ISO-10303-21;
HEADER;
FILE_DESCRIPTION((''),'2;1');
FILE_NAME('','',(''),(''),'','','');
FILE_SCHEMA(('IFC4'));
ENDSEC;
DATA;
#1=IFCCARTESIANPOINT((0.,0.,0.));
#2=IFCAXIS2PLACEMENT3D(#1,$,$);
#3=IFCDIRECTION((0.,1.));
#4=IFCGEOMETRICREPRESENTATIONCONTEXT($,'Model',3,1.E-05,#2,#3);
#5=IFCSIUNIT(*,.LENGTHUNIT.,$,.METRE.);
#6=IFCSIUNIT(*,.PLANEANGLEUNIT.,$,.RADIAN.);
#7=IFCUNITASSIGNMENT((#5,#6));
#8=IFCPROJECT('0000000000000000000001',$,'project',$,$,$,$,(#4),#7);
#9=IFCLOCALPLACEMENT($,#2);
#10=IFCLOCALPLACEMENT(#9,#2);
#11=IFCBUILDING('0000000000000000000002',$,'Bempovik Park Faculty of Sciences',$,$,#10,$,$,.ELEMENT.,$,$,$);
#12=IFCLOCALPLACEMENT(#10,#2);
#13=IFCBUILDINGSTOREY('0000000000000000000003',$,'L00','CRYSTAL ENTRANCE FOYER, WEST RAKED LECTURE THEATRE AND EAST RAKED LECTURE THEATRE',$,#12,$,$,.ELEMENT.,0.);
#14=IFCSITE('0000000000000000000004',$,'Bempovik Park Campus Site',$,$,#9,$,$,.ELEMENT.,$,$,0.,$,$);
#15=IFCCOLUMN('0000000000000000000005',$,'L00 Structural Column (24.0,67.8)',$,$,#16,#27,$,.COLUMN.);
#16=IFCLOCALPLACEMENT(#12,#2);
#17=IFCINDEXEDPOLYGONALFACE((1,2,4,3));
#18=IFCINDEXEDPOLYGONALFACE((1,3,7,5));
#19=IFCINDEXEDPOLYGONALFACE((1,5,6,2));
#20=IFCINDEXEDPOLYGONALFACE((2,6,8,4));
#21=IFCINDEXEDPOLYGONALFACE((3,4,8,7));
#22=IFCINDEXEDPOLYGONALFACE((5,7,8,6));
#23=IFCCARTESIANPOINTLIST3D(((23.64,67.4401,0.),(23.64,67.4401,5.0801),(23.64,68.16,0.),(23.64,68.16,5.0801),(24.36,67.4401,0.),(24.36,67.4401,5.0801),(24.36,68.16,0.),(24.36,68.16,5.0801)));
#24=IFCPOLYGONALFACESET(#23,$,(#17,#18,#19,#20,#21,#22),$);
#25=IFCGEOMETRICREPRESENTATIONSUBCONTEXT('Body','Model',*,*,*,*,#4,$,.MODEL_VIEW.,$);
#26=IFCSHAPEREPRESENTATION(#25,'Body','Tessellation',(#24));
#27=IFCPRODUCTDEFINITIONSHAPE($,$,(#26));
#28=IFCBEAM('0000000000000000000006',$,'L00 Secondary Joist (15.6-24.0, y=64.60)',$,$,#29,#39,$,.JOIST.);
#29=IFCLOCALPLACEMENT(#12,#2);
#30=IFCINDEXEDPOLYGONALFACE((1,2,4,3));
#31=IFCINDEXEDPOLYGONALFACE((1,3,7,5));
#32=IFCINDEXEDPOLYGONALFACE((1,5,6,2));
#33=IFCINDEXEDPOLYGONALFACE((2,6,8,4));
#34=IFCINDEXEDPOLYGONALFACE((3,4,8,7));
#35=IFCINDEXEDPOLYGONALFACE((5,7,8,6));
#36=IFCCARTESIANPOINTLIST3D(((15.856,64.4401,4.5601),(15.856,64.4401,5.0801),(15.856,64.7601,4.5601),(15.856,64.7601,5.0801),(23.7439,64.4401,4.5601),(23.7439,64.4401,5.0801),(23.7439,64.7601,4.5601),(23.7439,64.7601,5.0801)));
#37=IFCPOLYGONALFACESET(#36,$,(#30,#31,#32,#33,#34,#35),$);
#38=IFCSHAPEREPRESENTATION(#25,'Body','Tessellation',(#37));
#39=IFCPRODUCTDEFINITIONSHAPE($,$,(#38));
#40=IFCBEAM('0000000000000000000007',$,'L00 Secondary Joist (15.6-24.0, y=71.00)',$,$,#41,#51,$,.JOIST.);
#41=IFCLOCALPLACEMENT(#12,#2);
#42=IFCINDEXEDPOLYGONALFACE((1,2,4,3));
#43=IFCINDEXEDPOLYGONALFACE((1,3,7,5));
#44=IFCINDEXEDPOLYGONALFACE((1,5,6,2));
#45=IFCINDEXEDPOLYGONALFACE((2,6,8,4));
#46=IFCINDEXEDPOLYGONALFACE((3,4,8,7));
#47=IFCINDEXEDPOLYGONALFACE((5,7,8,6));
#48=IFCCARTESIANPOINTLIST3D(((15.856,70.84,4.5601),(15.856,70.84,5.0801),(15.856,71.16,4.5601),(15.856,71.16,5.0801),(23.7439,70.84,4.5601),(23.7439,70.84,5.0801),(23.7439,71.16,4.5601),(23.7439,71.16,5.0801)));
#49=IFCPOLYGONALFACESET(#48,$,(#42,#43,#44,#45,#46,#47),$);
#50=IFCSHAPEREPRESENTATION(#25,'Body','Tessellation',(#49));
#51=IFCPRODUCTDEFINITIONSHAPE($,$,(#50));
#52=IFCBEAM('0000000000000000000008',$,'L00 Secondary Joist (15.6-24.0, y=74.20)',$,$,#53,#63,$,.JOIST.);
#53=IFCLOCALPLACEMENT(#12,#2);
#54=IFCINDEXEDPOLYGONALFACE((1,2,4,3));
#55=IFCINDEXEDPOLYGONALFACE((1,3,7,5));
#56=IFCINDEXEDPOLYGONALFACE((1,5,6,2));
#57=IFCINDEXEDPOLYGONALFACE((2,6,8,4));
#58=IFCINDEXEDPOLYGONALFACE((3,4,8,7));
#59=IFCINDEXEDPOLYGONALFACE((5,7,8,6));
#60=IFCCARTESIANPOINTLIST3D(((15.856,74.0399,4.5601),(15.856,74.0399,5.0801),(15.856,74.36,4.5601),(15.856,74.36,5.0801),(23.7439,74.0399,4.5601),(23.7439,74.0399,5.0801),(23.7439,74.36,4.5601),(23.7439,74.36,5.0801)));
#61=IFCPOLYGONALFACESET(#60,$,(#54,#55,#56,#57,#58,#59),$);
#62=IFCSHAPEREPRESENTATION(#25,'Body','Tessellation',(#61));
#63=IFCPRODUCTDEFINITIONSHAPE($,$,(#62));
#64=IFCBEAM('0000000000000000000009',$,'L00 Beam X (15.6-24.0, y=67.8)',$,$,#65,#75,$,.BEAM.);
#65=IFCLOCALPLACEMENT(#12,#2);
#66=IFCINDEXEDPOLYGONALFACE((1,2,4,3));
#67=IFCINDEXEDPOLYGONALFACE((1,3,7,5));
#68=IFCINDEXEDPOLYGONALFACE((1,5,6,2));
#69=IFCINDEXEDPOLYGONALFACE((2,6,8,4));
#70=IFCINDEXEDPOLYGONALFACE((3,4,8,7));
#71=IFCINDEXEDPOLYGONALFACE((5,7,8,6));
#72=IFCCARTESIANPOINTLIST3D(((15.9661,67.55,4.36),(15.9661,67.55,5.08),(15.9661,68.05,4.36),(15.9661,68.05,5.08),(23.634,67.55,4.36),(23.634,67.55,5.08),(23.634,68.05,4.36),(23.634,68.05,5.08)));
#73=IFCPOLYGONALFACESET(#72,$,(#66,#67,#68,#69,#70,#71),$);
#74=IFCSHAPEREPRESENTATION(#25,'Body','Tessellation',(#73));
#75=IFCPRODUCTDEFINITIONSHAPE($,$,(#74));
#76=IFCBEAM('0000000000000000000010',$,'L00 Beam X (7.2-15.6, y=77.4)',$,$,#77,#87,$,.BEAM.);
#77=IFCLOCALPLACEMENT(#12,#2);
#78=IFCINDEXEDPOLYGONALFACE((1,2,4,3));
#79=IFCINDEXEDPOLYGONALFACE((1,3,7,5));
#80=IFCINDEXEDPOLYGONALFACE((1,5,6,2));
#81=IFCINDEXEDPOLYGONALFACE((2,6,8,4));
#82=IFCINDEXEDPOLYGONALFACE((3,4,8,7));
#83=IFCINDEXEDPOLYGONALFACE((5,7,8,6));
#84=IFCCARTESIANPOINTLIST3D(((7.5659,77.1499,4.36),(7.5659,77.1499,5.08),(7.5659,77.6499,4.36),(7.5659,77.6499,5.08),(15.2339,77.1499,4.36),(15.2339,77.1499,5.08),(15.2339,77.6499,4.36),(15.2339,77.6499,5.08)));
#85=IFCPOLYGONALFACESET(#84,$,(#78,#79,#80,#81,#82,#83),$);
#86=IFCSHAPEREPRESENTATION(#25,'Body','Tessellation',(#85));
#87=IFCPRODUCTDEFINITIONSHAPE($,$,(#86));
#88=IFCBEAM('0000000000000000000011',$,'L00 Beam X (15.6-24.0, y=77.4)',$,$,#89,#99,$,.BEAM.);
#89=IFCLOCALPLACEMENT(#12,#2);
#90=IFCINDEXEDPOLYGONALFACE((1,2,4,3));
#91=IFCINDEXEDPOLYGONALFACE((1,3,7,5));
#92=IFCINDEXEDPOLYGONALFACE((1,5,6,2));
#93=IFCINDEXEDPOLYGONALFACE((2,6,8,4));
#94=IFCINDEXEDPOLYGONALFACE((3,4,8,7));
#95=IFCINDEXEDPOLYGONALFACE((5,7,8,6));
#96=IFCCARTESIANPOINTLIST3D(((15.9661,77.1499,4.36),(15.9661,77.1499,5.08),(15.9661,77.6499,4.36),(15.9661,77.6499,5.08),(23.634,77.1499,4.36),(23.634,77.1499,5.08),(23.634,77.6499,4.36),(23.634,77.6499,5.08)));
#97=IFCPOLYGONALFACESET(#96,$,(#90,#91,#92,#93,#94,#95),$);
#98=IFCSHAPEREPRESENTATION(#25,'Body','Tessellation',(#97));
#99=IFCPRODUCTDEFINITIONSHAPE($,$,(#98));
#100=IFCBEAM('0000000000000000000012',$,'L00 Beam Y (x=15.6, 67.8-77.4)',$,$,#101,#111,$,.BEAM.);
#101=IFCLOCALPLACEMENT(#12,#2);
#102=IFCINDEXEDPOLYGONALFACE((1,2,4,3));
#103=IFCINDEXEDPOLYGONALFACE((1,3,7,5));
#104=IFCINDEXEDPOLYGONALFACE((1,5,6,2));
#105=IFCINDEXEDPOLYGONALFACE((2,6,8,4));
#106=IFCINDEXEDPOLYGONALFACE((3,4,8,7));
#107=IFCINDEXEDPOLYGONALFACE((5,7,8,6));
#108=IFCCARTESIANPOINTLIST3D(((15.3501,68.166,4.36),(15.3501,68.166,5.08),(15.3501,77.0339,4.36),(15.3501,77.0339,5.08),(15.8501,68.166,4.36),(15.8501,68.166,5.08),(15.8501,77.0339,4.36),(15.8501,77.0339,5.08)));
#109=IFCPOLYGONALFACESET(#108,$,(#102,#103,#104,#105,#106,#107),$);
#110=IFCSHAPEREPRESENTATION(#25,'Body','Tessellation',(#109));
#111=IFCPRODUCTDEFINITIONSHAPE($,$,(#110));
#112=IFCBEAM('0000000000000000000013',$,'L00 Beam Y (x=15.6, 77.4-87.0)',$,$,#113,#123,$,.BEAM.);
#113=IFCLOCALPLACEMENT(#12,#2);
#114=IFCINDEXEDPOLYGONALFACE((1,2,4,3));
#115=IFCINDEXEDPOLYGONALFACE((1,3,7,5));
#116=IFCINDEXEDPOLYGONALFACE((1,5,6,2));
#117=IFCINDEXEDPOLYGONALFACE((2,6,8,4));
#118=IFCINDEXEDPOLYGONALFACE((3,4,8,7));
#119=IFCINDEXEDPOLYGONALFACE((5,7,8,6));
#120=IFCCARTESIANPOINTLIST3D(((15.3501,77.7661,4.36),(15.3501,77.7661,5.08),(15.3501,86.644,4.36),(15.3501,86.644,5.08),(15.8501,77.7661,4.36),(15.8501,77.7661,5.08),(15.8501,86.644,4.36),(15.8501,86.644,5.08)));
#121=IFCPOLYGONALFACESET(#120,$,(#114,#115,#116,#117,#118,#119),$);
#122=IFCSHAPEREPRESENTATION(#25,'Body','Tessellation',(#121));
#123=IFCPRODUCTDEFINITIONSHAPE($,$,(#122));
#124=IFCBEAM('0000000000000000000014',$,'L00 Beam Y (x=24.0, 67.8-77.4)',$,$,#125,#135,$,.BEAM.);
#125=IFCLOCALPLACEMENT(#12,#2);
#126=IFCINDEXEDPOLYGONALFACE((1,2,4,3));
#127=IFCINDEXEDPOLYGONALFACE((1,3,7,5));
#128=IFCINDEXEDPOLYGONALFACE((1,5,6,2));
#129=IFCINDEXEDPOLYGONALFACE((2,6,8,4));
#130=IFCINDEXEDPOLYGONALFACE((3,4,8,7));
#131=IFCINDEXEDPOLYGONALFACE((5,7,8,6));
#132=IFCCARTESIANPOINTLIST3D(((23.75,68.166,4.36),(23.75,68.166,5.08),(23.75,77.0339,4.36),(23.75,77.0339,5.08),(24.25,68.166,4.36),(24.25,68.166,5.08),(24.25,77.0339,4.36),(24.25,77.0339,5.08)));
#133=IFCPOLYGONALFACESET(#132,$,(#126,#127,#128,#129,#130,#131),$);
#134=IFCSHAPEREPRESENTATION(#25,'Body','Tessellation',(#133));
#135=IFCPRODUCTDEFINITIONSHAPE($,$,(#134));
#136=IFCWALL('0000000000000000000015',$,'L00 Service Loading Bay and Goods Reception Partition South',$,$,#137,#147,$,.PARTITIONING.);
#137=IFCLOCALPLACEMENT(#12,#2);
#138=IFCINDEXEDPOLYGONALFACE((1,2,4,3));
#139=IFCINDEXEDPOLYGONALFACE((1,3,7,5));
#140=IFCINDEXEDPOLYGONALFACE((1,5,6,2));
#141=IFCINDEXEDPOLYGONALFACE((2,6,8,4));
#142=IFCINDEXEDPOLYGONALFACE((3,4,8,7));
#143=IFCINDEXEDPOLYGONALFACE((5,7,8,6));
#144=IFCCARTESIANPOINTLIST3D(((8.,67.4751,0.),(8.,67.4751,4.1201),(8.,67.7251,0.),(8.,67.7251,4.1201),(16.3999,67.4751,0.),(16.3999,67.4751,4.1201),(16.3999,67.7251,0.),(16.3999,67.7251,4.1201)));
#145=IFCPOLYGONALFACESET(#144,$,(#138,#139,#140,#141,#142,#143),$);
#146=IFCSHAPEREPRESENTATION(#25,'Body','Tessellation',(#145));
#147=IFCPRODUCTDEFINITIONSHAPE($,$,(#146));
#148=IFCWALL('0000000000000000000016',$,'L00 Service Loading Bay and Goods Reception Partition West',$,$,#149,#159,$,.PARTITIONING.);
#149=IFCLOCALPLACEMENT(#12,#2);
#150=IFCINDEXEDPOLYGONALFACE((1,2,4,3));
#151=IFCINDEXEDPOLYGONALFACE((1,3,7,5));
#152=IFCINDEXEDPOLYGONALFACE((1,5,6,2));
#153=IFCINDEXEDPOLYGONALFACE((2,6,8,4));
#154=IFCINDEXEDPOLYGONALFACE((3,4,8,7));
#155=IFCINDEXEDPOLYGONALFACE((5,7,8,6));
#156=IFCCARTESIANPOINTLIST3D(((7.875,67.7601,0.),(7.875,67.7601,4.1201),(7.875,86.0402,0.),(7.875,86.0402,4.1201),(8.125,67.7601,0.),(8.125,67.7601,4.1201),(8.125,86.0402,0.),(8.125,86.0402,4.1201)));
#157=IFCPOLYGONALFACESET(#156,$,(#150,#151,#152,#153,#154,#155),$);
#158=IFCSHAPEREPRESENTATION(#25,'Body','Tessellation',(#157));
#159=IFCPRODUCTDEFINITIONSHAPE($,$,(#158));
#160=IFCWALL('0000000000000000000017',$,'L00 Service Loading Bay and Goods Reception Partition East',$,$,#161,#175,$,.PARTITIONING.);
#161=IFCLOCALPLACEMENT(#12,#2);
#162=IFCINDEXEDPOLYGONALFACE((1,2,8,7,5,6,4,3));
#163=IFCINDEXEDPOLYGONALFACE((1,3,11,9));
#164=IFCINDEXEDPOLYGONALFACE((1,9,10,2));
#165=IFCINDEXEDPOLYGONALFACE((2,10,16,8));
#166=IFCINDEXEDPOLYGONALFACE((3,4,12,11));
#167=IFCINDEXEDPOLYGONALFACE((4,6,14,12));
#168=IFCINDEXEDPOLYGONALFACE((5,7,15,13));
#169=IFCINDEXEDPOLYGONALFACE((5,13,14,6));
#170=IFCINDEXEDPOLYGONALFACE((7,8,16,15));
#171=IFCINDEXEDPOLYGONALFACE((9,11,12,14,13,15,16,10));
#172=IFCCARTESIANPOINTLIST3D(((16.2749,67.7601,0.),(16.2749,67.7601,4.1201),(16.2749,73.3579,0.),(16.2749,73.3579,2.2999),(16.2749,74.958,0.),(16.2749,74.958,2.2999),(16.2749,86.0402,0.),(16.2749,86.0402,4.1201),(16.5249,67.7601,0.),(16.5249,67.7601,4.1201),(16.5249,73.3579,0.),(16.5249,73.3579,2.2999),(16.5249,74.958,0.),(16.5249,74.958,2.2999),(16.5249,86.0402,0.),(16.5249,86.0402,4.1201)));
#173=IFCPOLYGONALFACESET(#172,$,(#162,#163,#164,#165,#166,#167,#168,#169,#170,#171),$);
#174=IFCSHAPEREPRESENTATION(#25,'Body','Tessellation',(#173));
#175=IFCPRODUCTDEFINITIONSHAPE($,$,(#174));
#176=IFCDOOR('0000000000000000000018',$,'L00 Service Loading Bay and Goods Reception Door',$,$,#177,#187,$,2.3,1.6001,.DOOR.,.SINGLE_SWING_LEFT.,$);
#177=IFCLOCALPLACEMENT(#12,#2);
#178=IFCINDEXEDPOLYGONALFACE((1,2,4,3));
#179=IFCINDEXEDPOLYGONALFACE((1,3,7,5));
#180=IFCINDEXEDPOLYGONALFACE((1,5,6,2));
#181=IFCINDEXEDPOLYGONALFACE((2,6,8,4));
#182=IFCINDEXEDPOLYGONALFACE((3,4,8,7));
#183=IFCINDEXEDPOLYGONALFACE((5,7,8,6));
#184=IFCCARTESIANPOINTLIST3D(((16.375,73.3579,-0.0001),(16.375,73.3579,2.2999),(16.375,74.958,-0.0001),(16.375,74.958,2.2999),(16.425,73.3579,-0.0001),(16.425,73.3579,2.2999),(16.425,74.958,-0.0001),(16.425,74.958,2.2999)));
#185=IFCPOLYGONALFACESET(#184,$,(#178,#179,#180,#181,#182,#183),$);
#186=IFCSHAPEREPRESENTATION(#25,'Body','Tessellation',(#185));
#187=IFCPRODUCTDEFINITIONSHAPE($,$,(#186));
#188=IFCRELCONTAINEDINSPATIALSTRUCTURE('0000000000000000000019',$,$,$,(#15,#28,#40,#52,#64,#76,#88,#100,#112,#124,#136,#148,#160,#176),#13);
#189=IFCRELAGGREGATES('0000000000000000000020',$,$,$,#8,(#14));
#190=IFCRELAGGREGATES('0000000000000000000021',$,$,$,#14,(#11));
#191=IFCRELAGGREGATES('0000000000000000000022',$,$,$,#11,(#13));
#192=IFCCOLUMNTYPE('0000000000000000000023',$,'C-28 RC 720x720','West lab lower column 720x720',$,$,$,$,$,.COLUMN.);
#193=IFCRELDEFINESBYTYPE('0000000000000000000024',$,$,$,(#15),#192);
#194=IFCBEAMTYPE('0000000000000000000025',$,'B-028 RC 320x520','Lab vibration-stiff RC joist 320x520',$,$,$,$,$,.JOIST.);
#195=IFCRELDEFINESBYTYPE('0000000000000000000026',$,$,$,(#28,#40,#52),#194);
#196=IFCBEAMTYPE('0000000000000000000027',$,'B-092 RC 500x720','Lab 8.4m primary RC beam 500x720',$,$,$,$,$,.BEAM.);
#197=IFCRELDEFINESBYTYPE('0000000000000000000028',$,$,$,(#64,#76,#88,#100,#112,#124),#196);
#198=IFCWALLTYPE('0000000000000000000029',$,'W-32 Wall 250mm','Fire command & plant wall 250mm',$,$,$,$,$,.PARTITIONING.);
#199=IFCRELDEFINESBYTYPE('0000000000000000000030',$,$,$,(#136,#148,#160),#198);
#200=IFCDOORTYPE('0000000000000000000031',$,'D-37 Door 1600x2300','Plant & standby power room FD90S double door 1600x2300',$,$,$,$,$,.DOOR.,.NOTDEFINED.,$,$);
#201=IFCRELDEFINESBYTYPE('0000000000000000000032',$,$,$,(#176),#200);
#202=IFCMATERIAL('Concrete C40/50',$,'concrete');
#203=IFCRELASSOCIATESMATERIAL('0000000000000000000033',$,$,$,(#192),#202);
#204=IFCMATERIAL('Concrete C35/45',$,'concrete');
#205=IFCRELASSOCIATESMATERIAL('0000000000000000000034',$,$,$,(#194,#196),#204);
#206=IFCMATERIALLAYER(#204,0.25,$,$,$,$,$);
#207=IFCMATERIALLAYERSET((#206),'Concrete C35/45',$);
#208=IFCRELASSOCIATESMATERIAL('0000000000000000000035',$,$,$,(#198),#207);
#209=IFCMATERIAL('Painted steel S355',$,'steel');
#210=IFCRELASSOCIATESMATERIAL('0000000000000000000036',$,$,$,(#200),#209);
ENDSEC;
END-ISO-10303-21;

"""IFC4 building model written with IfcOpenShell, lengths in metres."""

from ifc_helpers import new_model, si_unit, direction, frame, frame_2d, origin, origin_2d, place, context, subcontext, project, spatial, rectangle, extrude, material, layer, layer_set, material_profile, profile_set, type_object, element, fill, save


model = new_model("IFC4")

# Units and contexts
model_context = context("Model", 3, precision=1e-05, world=origin(), true_north=direction((0.0, 1.0)))
body_context = subcontext(model_context, "Body", "Model", "MODEL_VIEW")
ifc_project = project(units=[si_unit("LENGTHUNIT", "METRE"), si_unit("PLANEANGLEUNIT", "RADIAN")], contexts=[model_context])

# Site, building, storey
site_placement = place(None, origin())
site = spatial("IfcSite", under=ifc_project, at=site_placement, Name="Bempovik Park Campus Site", CompositionType="ELEMENT", RefElevation=0.0)
building_placement = place(site_placement, origin())
building = spatial("IfcBuilding", under=site, at=building_placement, Name="Bempovik Park Faculty of Sciences", CompositionType="ELEMENT")
storey_placement = place(building_placement, origin())
storey = spatial("IfcBuildingStorey", under=building, at=storey_placement, Name="L00", Description="CRYSTAL ENTRANCE FOYER, WEST RAKED LECTURE THEATRE AND EAST RAKED LECTURE THEATRE", CompositionType="ELEMENT", Elevation=0.0)

# Shared definitions
ifc_material_1 = material(Name="Concrete C35/45", Category="concrete")

# Column
ifc_material_2 = material(Name="Concrete C40/50", Category="concrete")
ifc_material_profile_1 = material_profile(ifc_material_2, rectangle(XDim=0.72, YDim=0.72, at=origin_2d()), Name="RC 720x720")
ifc_profile_set_1 = profile_set([ifc_material_profile_1], Name="Concrete C40/50")
column_type = type_object("IfcColumnType", Name="C-28 RC 720x720", Description="West lab lower column 720x720", PredefinedType="COLUMN", material=ifc_profile_set_1)
for number, where, z_axis, x_axis, name in (
    (1, (24.0, 67.8, 0.0), (0.0, 0.0, 1.0), (1.0, 0.0, 0.0), "L00 Structural Column (24.0,67.8)"),
):
    element("IfcColumn", number, at=place(storey_placement, frame(where, z_axis=z_axis, x_axis=x_axis)), inside=storey, type_object=column_type, Name=name, PredefinedType="COLUMN", context=body_context, shape_type="SweptSolid", body=[
        extrude(rectangle(XDim=0.72, YDim=0.72, at=origin_2d()), origin(), (0.0, 0.0, 1.0), 5.0801),
    ])

# Beams
ifc_material_profile_2 = material_profile(ifc_material_1, rectangle(XDim=0.3201, YDim=0.52, at=origin_2d()), Name="RC 320x520")
ifc_profile_set_2 = profile_set([ifc_material_profile_2], Name="Concrete C35/45")
beam_type_1 = type_object("IfcBeamType", Name="B-028 RC 320x520", Description="Lab vibration-stiff RC joist 320x520", PredefinedType="JOIST", material=ifc_profile_set_2)
for number, where, z_axis, x_axis, name in (
    (2, (15.856, 64.6001, 4.8201), (1.0, 0.0, 0.0), (0.0, 1.0, 0.0), "L00 Secondary Joist (15.6-24.0, y=64.60)"),
    (3, (15.856, 71.0, 4.8201), (1.0, 0.0, 0.0), (0.0, 1.0, 0.0), "L00 Secondary Joist (15.6-24.0, y=71.00)"),
    (4, (15.856, 74.2, 4.8201), (1.0, 0.0, 0.0), (0.0, 1.0, 0.0), "L00 Secondary Joist (15.6-24.0, y=74.20)"),
):
    element("IfcBeam", number, at=place(storey_placement, frame(where, z_axis=z_axis, x_axis=x_axis)), inside=storey, type_object=beam_type_1, Name=name, PredefinedType="JOIST", context=body_context, shape_type="SweptSolid", body=[
        extrude(rectangle(XDim=0.3201, YDim=0.52, at=origin_2d()), origin(), (0.0, 0.0, 1.0), 7.8879),
    ])
ifc_material_profile_3 = material_profile(ifc_material_1, rectangle(XDim=0.5, YDim=0.72, at=origin_2d()), Name="RC 500x720")
ifc_profile_set_3 = profile_set([ifc_material_profile_3], Name="Concrete C35/45")
beam_type_2 = type_object("IfcBeamType", Name="B-092 RC 500x720", Description="Lab 8.4m primary RC beam 500x720", PredefinedType="BEAM", material=ifc_profile_set_3)
for number, where, z_axis, x_axis, name in (
    (5, (15.9661, 67.8, 4.72), (1.0, 0.0, 0.0), (0.0, 1.0, 0.0), "L00 Beam X (15.6-24.0, y=67.8)"),
    (6, (7.5659, 77.3999, 4.72), (1.0, 0.0, 0.0), (0.0, 1.0, 0.0), "L00 Beam X (7.2-15.6, y=77.4)"),
    (7, (15.9661, 77.3999, 4.72), (1.0, 0.0, 0.0), (0.0, 1.0, 0.0), "L00 Beam X (15.6-24.0, y=77.4)"),
):
    element("IfcBeam", number, at=place(storey_placement, frame(where, z_axis=z_axis, x_axis=x_axis)), inside=storey, type_object=beam_type_2, Name=name, PredefinedType="BEAM", context=body_context, shape_type="SweptSolid", body=[
        extrude(rectangle(XDim=0.5, YDim=0.72, at=origin_2d()), origin(), (0.0, 0.0, 1.0), 7.668),
    ])
beam_1_placement = place(storey_placement, frame((15.6001, 68.166, 4.72), z_axis=(0.0, 1.0, 0.0), x_axis=(-1.0, 0.0, 0.0)))
element("IfcBeam", 8, at=beam_1_placement, inside=storey, type_object=beam_type_2, Name="L00 Beam Y (x=15.6, 67.8-77.4)", PredefinedType="BEAM", context=body_context, shape_type="SweptSolid", body=[
    extrude(rectangle(XDim=0.5, YDim=0.72, at=origin_2d()), origin(), (0.0, 0.0, 1.0), 8.8679),
])
beam_2_placement = place(storey_placement, frame((15.6001, 77.7661, 4.72), z_axis=(0.0, 1.0, 0.0), x_axis=(-1.0, 0.0, 0.0)))
element("IfcBeam", 9, at=beam_2_placement, inside=storey, type_object=beam_type_2, Name="L00 Beam Y (x=15.6, 77.4-87.0)", PredefinedType="BEAM", context=body_context, shape_type="SweptSolid", body=[
    extrude(rectangle(XDim=0.5, YDim=0.72, at=origin_2d()), origin(), (0.0, 0.0, 1.0), 8.8779),
])
beam_3_placement = place(storey_placement, frame((24.0, 68.166, 4.72), z_axis=(0.0, 1.0, 0.0), x_axis=(-1.0, 0.0, 0.0)))
element("IfcBeam", 10, at=beam_3_placement, inside=storey, type_object=beam_type_2, Name="L00 Beam Y (x=24.0, 67.8-77.4)", PredefinedType="BEAM", context=body_context, shape_type="SweptSolid", body=[
    extrude(rectangle(XDim=0.5, YDim=0.72, at=origin_2d()), origin(), (0.0, 0.0, 1.0), 8.8679),
])

# Walls
ifc_layer_1 = layer(ifc_material_1, 0.25)
ifc_layer_set_1 = layer_set([ifc_layer_1], Name="Concrete C35/45")
wall_type_1 = type_object("IfcWallType", Name="W-32 Wall 250mm", Description="Fire command & plant wall 250mm", PredefinedType="PARTITIONING", material=ifc_layer_set_1)
wall_1_placement = place(storey_placement, frame((8.0, 67.6001, 0.0), z_axis=(0.0, 0.0, 1.0), x_axis=(1.0, 0.0, 0.0)))
element("IfcWall", 11, at=wall_1_placement, inside=storey, type_object=wall_type_1, Name="L00 Service Loading Bay and Goods Reception Partition South", PredefinedType="PARTITIONING", context=body_context, shape_type="SweptSolid", body=[
    extrude(rectangle(XDim=8.3999, YDim=0.25, at=frame_2d((4.2, 0.0))), origin(), (0.0, 0.0, 1.0), 4.1201),
])
wall_2_placement = place(storey_placement, frame((8.0, 67.76, 0.0), z_axis=(0.0, 0.0, 1.0), x_axis=(0.0, 1.0, 0.0)))
element("IfcWall", 12, at=wall_2_placement, inside=storey, type_object=wall_type_1, Name="L00 Service Loading Bay and Goods Reception Partition West", PredefinedType="PARTITIONING", context=body_context, shape_type="SweptSolid", body=[
    extrude(rectangle(XDim=18.28, YDim=0.25, at=frame_2d((9.1401, 0.0))), origin(), (0.0, 0.0, 1.0), 4.1201),
])

# Wall, opening, door
wall_3_placement = place(storey_placement, frame((16.3999, 67.76, 0.0), z_axis=(0.0, 0.0, 1.0), x_axis=(0.0, 1.0, 0.0)))
wall_3 = element("IfcWall", 13, at=wall_3_placement, inside=storey, type_object=wall_type_1, Name="L00 Service Loading Bay and Goods Reception Partition East", PredefinedType="PARTITIONING", context=body_context, shape_type="SweptSolid", body=[
    extrude(rectangle(XDim=18.28, YDim=0.25, at=frame_2d((9.1401, 0.0))), origin(), (0.0, 0.0, 1.0), 4.1201),
])
opening_1_placement = place(wall_3_placement, frame((5.5979, 0.0, 0.0)))
opening_1 = element("IfcOpeningElement", 14, at=opening_1_placement, cuts=wall_3, PredefinedType="OPENING", context=body_context, shape_type="SweptSolid", body=[
    extrude(rectangle(XDim=1.6001, YDim=2.3, at=frame_2d((0.8, 1.1499))), frame((0.0, 0.135, 0.0), z_axis=(0.0, -1.0, 0.0), x_axis=(1.0, 0.0, 0.0)), (0.0, 0.0, 1.0), 0.27),
])
ifc_material_3 = material(Name="Painted steel S355", Category="steel")
door_type_1 = type_object("IfcDoorType", Name="D-37 Door 1600x2300", Description="Plant & standby power room FD90S double door 1600x2300", OperationType="NOTDEFINED", PredefinedType="DOOR", material=ifc_material_3)
door_1_placement = place(opening_1_placement, origin())
door_1 = element("IfcDoor", 15, at=door_1_placement, inside=storey, type_object=door_type_1, Name="L00 Service Loading Bay and Goods Reception Door", OperationType="SINGLE_SWING_LEFT", OverallHeight=2.3, OverallWidth=1.6001, PredefinedType="DOOR", context=body_context, shape_type="SweptSolid", body=[
    extrude(rectangle(XDim=1.6001, YDim=2.3, at=frame_2d((0.8, 1.1499))), frame((0.0, 0.0249, 0.0), z_axis=(0.0, -1.0, 0.0), x_axis=(1.0, 0.0, 0.0)), (0.0, 0.0, 1.0), 0.05),
])
fill(opening_1, door_1)

save(model, "model.ifc")
